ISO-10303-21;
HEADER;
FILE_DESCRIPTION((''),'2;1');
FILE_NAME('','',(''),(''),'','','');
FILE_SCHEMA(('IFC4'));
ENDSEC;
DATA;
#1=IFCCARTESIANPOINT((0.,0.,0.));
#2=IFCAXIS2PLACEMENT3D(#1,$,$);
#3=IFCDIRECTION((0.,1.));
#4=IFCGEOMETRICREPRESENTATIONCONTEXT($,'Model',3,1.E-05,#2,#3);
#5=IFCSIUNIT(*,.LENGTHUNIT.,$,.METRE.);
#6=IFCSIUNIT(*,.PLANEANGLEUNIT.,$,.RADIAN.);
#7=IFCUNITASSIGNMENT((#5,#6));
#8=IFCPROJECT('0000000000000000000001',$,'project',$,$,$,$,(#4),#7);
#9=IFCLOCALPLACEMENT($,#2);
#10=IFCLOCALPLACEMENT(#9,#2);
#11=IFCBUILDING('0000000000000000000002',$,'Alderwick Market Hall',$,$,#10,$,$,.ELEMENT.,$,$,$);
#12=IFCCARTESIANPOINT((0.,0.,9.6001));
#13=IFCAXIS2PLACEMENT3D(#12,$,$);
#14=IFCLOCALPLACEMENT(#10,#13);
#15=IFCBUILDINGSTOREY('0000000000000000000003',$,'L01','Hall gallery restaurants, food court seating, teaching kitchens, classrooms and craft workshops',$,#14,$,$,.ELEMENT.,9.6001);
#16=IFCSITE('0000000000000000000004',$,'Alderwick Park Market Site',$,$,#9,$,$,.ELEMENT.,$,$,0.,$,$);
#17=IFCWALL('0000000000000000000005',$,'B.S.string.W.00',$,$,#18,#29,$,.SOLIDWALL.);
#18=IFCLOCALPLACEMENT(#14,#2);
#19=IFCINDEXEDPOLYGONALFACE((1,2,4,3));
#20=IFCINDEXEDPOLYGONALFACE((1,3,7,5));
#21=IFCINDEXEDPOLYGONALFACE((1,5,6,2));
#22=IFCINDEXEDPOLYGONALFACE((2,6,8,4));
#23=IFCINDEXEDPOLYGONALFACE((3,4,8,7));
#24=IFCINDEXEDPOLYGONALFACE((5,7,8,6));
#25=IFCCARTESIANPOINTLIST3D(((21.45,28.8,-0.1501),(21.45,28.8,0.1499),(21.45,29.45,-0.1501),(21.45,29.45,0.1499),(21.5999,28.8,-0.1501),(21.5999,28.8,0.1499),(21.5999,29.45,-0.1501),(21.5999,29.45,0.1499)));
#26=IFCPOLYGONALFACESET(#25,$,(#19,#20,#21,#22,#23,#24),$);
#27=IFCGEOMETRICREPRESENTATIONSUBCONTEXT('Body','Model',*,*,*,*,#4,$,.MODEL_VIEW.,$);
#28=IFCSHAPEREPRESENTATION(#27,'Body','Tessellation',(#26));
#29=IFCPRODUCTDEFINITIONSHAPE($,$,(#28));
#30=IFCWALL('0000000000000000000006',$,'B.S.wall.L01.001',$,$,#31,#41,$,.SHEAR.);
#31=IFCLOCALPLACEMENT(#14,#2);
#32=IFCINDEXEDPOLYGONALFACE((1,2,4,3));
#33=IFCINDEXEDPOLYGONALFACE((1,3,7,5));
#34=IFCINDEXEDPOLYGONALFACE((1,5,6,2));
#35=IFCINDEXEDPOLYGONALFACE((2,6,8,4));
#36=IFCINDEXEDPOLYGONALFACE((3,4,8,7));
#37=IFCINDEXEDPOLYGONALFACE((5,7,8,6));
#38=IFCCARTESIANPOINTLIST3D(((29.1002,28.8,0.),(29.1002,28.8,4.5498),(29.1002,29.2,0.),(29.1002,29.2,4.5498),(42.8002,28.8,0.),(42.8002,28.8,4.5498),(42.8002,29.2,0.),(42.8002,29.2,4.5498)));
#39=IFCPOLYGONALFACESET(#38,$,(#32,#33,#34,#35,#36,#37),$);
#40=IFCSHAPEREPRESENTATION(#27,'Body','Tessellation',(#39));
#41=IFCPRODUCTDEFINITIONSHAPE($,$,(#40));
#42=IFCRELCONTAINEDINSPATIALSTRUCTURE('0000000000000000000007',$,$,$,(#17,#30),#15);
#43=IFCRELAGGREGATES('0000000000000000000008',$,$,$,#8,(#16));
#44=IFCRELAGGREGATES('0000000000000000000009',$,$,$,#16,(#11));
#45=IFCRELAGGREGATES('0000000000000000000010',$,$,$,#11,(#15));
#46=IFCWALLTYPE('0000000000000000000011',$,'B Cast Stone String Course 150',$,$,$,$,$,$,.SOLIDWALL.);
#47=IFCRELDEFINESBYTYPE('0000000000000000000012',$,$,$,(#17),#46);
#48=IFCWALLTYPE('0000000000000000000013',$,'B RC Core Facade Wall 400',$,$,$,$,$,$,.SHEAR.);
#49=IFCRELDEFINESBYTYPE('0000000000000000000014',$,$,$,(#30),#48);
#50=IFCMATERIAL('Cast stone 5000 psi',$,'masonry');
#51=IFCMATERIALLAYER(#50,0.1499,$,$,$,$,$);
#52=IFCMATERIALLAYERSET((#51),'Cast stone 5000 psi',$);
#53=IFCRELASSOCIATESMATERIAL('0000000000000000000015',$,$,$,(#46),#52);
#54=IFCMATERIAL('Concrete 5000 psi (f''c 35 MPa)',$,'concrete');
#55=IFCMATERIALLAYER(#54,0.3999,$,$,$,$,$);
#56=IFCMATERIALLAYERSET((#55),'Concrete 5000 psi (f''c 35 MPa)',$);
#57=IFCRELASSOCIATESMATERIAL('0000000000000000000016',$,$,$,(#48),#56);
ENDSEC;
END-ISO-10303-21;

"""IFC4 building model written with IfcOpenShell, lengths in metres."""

from ifc_helpers import new_model, si_unit, direction, frame, frame_2d, origin, place, context, subcontext, project, spatial, rectangle, extrude, material, layer, layer_set, type_object, element, save


model = new_model("IFC4")

# Units and contexts
model_context = context("Model", 3, precision=1e-05, world=origin(), true_north=direction((0.0, 1.0)))
body_context = subcontext(model_context, "Body", "Model", "MODEL_VIEW")
ifc_project = project(units=[si_unit("LENGTHUNIT", "METRE"), si_unit("PLANEANGLEUNIT", "RADIAN")], contexts=[model_context])

# Site, building, storey
site_placement = place(None, origin())
site = spatial("IfcSite", under=ifc_project, at=site_placement, Name="Alderwick Park Market Site", CompositionType="ELEMENT", RefElevation=0.0)
building_placement = place(site_placement, origin())
building = spatial("IfcBuilding", under=site, at=building_placement, Name="Alderwick Market Hall", CompositionType="ELEMENT")
storey_placement = place(building_placement, frame((0.0, 0.0, 9.6001)))
storey = spatial("IfcBuildingStorey", under=building, at=storey_placement, Name="L01", Description="Hall gallery restaurants, food court seating, teaching kitchens, classrooms and craft workshops", CompositionType="ELEMENT", Elevation=9.6001)

# Shared definitions
ifc_material_1 = material(Name="Concrete 5000 psi (f'c 35 MPa)", Category="concrete")

# Walls
ifc_material_2 = material(Name="Cast stone 5000 psi", Category="masonry")
ifc_layer_1 = layer(ifc_material_2, 0.1499)
ifc_layer_set_1 = layer_set([ifc_layer_1], Name="Cast stone 5000 psi")
wall_type_1 = type_object("IfcWallType", Name="B Cast Stone String Course 150", PredefinedType="SOLIDWALL", material=ifc_layer_set_1)
wall_1_placement = place(storey_placement, frame((21.5249, 28.8, -0.1501), z_axis=(0.0, 0.0, 1.0), x_axis=(0.0, 1.0, 0.0)))
element("IfcWall", 1, at=wall_1_placement, inside=storey, type_object=wall_type_1, Name="B.S.string.W.00", PredefinedType="SOLIDWALL", context=body_context, shape_type="SweptSolid", body=[
    extrude(rectangle(XDim=0.6499, YDim=0.1499, at=frame_2d((0.325, 0.0))), origin(), (0.0, 0.0, 1.0), 0.3),
])
ifc_layer_2 = layer(ifc_material_1, 0.3999)
ifc_layer_set_2 = layer_set([ifc_layer_2], Name="Concrete 5000 psi (f'c 35 MPa)")
wall_type_2 = type_object("IfcWallType", Name="B RC Core Facade Wall 400", PredefinedType="SHEAR", material=ifc_layer_set_2)
wall_2_placement = place(storey_placement, frame((29.1001, 29.0, 0.0), z_axis=(0.0, 0.0, 1.0), x_axis=(1.0, 0.0, 0.0)))
element("IfcWall", 2, at=wall_2_placement, inside=storey, type_object=wall_type_2, Name="B.S.wall.L01.001", PredefinedType="SHEAR", context=body_context, shape_type="SweptSolid", body=[
    extrude(rectangle(XDim=13.7, YDim=0.3999, at=frame_2d((6.8501, 0.0))), origin(), (0.0, 0.0, 1.0), 4.5498),
])

save(model, "model.ifc")
